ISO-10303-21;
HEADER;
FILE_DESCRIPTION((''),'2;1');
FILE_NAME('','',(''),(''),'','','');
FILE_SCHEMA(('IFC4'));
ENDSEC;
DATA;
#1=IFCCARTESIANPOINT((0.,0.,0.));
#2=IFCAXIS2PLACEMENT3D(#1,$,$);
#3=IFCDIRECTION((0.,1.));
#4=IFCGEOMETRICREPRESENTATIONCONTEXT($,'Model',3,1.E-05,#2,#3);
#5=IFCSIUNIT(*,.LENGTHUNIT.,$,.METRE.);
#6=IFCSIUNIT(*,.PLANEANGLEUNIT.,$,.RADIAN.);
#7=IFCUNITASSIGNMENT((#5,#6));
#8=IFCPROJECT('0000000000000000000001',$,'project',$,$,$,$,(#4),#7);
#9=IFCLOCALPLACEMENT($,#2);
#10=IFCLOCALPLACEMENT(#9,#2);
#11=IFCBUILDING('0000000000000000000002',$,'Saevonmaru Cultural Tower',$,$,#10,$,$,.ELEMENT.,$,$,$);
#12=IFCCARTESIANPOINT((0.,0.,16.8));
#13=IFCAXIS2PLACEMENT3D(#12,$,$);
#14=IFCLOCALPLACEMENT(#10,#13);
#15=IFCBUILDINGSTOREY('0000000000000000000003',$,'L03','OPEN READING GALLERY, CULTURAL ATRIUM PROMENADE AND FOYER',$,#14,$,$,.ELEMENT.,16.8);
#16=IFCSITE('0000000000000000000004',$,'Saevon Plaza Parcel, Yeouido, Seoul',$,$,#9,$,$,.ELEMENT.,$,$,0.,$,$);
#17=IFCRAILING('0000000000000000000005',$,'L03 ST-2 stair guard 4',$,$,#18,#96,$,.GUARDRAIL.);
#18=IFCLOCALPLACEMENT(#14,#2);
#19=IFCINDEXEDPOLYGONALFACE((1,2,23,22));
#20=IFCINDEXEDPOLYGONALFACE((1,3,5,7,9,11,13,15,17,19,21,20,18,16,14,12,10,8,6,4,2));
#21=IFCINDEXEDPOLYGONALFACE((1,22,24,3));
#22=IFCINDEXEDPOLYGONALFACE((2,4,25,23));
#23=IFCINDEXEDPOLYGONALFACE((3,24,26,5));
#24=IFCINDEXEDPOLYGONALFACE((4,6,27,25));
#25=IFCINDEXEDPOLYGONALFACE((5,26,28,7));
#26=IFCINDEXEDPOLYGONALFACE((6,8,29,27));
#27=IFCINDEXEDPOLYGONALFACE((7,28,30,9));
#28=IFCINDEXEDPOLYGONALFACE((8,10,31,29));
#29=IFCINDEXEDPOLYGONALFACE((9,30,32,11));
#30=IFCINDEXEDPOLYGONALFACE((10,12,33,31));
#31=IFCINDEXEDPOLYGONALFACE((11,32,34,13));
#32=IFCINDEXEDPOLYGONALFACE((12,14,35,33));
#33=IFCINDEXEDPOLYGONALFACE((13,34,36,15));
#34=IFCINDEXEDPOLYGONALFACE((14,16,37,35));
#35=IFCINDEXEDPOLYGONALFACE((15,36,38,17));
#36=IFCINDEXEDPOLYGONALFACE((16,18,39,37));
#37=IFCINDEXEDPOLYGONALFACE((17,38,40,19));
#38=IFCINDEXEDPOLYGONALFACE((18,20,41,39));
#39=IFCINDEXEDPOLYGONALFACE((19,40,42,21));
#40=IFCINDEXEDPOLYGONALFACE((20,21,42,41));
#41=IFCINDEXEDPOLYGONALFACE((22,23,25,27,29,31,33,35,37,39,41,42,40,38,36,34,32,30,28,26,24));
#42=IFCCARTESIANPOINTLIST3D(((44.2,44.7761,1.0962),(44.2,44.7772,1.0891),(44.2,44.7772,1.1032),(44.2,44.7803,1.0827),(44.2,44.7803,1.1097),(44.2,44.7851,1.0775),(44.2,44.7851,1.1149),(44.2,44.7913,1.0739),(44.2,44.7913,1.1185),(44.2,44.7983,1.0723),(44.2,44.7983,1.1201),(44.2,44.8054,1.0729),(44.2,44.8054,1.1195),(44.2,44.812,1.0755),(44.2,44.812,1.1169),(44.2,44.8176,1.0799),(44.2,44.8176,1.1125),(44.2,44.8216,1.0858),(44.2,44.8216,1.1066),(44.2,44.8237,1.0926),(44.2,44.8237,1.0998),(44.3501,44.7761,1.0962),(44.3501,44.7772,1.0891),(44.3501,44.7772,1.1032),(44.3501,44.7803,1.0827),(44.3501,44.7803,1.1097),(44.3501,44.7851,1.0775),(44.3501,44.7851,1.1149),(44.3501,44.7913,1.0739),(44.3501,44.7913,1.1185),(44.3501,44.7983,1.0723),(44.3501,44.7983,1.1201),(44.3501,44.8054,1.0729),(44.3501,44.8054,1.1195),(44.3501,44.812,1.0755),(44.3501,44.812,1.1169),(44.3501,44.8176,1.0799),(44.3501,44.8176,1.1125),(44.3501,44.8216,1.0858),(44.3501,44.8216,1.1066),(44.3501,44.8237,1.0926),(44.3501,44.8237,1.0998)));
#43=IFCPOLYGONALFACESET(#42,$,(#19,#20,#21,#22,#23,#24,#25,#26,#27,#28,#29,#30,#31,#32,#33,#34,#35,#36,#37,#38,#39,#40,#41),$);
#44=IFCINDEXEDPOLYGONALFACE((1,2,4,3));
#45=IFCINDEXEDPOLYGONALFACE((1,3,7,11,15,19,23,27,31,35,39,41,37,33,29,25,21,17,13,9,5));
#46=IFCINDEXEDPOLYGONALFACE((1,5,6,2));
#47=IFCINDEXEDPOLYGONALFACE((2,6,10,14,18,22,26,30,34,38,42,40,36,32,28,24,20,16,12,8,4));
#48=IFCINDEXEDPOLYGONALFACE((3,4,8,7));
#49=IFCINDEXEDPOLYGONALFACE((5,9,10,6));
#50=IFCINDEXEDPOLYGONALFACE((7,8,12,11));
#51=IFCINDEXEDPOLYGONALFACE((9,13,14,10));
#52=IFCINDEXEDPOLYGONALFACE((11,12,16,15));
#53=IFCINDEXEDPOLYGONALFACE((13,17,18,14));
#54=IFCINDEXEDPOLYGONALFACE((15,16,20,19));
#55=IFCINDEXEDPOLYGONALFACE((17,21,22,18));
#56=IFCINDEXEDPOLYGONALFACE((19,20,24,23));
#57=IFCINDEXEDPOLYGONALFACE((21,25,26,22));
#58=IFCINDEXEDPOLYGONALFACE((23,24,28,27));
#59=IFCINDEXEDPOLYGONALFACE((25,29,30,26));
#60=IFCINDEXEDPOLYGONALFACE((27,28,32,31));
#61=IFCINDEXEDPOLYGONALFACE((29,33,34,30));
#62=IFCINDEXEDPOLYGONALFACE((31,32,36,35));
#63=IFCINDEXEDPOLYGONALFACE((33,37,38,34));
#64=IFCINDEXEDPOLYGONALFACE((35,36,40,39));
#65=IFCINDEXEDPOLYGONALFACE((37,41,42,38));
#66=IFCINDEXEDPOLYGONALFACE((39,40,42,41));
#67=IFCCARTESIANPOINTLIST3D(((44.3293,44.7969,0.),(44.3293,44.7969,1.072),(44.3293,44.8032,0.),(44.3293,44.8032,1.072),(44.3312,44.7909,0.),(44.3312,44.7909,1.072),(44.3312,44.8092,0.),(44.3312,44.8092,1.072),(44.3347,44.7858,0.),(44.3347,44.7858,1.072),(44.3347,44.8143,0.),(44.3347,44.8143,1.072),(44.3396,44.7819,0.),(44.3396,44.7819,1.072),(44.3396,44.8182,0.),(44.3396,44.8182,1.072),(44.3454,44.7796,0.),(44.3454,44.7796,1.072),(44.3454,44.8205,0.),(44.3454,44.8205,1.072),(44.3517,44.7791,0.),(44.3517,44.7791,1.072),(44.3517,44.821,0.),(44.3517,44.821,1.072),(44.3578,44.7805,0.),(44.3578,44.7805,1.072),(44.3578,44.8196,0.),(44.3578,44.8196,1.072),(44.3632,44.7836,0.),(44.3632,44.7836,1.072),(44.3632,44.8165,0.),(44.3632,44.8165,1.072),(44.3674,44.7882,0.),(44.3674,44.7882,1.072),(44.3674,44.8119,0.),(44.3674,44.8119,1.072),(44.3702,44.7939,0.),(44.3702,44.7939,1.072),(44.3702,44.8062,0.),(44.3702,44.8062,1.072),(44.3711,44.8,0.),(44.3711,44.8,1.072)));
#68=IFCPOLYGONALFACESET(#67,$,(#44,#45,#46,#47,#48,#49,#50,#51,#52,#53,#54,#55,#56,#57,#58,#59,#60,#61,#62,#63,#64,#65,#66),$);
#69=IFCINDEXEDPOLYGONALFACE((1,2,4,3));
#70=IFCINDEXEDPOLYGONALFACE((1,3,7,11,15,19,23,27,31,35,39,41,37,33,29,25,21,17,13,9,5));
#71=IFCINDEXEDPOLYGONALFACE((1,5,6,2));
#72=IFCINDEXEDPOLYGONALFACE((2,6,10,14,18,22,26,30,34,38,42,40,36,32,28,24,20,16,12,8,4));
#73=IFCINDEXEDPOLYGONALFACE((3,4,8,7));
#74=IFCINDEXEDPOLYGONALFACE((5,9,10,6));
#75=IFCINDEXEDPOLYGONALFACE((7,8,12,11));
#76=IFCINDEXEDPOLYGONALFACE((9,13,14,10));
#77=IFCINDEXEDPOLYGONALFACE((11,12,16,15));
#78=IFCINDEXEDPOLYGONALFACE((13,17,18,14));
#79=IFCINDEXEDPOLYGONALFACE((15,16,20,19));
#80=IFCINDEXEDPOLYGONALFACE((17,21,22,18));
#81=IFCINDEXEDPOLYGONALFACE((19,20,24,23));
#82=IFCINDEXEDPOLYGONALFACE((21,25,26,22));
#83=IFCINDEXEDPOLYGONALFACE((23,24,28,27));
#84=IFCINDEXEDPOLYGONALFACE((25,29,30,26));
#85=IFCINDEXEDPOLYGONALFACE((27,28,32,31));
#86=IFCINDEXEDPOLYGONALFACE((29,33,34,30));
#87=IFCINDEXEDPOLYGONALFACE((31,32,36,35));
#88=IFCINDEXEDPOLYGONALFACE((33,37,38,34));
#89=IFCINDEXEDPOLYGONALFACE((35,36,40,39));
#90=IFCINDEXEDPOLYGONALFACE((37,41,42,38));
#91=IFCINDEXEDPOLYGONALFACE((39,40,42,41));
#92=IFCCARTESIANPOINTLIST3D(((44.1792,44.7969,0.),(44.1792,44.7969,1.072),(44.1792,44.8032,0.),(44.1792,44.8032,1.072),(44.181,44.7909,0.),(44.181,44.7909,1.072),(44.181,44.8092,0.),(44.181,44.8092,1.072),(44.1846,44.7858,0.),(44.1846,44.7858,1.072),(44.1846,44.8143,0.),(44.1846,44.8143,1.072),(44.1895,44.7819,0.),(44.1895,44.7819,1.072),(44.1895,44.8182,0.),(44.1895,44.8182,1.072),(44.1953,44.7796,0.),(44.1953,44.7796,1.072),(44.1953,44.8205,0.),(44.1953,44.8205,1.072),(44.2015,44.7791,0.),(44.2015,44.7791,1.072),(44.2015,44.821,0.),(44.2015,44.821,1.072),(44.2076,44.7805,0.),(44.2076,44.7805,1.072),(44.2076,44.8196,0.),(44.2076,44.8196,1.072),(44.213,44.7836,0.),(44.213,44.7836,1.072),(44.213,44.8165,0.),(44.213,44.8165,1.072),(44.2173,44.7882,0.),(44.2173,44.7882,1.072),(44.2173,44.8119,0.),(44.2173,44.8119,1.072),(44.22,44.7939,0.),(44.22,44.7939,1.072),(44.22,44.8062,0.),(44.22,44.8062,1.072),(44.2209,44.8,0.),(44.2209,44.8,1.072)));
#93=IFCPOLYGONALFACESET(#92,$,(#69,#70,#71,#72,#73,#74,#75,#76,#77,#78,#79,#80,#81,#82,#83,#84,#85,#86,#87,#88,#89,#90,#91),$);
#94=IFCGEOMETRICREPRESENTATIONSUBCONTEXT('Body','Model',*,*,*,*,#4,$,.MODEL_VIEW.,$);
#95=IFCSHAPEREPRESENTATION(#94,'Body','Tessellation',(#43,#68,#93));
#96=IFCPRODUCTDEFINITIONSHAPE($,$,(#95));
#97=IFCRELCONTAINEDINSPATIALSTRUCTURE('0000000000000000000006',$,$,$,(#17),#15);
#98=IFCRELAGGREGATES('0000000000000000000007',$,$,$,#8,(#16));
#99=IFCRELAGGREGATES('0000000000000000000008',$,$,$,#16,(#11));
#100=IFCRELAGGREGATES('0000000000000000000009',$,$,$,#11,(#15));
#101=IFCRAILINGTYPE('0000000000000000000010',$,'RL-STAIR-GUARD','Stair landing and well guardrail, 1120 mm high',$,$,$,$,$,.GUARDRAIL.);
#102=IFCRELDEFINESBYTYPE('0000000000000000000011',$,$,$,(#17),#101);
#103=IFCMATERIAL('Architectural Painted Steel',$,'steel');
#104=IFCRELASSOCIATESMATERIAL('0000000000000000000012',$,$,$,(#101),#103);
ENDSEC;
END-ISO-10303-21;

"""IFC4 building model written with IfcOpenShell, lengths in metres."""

from ifc_helpers import new_model, si_unit, direction, frame, origin, origin_2d, place, context, subcontext, project, spatial, circle, extrude, material, type_object, element, save


model = new_model("IFC4")

# Units and contexts
model_context = context("Model", 3, precision=1e-05, world=origin(), true_north=direction((0.0, 1.0)))
body_context = subcontext(model_context, "Body", "Model", "MODEL_VIEW")
ifc_project = project(units=[si_unit("LENGTHUNIT", "METRE"), si_unit("PLANEANGLEUNIT", "RADIAN")], contexts=[model_context])

# Site, building, storey
site_placement = place(None, origin())
site = spatial("IfcSite", under=ifc_project, at=site_placement, Name="Saevon Plaza Parcel, Yeouido, Seoul", CompositionType="ELEMENT", RefElevation=0.0)
building_placement = place(site_placement, origin())
building = spatial("IfcBuilding", under=site, at=building_placement, Name="Saevonmaru Cultural Tower", CompositionType="ELEMENT")
storey_placement = place(building_placement, frame((0.0, 0.0, 16.8)))
storey = spatial("IfcBuildingStorey", under=building, at=storey_placement, Name="L03", Description="OPEN READING GALLERY, CULTURAL ATRIUM PROMENADE AND FOYER", CompositionType="ELEMENT", Elevation=16.8)

# Railing
ifc_material_1 = material(Name="Architectural Painted Steel", Category="steel")
railing_type_1 = type_object("IfcRailingType", Name="RL-STAIR-GUARD", Description="Stair landing and well guardrail, 1120 mm high", PredefinedType="GUARDRAIL", material=ifc_material_1)
railing_1_placement = place(storey_placement, frame((44.3501, 44.8, 0.0)))
element("IfcRailing", 1, at=railing_1_placement, inside=storey, type_object=railing_type_1, Name="L03 ST-2 stair guard 4", PredefinedType="GUARDRAIL", context=body_context, shape_type="SweptSolid", body=[
    extrude(circle(Radius=0.0239, at=origin_2d()), frame((0.0, 0.0, 1.0962), z_axis=(-1.0, 0.0, 0.0), x_axis=(0.0, -1.0, 0.0)), (0.0, 0.0, 1.0), 0.1501),
    extrude(circle(Radius=0.021, at=origin_2d()), origin(), (0.0, 0.0, 1.0), 1.072),
    extrude(circle(Radius=0.021, at=origin_2d()), frame((-0.1501, 0.0, 0.0)), (0.0, 0.0, 1.0), 1.072),
])

save(model, "model.ifc")
